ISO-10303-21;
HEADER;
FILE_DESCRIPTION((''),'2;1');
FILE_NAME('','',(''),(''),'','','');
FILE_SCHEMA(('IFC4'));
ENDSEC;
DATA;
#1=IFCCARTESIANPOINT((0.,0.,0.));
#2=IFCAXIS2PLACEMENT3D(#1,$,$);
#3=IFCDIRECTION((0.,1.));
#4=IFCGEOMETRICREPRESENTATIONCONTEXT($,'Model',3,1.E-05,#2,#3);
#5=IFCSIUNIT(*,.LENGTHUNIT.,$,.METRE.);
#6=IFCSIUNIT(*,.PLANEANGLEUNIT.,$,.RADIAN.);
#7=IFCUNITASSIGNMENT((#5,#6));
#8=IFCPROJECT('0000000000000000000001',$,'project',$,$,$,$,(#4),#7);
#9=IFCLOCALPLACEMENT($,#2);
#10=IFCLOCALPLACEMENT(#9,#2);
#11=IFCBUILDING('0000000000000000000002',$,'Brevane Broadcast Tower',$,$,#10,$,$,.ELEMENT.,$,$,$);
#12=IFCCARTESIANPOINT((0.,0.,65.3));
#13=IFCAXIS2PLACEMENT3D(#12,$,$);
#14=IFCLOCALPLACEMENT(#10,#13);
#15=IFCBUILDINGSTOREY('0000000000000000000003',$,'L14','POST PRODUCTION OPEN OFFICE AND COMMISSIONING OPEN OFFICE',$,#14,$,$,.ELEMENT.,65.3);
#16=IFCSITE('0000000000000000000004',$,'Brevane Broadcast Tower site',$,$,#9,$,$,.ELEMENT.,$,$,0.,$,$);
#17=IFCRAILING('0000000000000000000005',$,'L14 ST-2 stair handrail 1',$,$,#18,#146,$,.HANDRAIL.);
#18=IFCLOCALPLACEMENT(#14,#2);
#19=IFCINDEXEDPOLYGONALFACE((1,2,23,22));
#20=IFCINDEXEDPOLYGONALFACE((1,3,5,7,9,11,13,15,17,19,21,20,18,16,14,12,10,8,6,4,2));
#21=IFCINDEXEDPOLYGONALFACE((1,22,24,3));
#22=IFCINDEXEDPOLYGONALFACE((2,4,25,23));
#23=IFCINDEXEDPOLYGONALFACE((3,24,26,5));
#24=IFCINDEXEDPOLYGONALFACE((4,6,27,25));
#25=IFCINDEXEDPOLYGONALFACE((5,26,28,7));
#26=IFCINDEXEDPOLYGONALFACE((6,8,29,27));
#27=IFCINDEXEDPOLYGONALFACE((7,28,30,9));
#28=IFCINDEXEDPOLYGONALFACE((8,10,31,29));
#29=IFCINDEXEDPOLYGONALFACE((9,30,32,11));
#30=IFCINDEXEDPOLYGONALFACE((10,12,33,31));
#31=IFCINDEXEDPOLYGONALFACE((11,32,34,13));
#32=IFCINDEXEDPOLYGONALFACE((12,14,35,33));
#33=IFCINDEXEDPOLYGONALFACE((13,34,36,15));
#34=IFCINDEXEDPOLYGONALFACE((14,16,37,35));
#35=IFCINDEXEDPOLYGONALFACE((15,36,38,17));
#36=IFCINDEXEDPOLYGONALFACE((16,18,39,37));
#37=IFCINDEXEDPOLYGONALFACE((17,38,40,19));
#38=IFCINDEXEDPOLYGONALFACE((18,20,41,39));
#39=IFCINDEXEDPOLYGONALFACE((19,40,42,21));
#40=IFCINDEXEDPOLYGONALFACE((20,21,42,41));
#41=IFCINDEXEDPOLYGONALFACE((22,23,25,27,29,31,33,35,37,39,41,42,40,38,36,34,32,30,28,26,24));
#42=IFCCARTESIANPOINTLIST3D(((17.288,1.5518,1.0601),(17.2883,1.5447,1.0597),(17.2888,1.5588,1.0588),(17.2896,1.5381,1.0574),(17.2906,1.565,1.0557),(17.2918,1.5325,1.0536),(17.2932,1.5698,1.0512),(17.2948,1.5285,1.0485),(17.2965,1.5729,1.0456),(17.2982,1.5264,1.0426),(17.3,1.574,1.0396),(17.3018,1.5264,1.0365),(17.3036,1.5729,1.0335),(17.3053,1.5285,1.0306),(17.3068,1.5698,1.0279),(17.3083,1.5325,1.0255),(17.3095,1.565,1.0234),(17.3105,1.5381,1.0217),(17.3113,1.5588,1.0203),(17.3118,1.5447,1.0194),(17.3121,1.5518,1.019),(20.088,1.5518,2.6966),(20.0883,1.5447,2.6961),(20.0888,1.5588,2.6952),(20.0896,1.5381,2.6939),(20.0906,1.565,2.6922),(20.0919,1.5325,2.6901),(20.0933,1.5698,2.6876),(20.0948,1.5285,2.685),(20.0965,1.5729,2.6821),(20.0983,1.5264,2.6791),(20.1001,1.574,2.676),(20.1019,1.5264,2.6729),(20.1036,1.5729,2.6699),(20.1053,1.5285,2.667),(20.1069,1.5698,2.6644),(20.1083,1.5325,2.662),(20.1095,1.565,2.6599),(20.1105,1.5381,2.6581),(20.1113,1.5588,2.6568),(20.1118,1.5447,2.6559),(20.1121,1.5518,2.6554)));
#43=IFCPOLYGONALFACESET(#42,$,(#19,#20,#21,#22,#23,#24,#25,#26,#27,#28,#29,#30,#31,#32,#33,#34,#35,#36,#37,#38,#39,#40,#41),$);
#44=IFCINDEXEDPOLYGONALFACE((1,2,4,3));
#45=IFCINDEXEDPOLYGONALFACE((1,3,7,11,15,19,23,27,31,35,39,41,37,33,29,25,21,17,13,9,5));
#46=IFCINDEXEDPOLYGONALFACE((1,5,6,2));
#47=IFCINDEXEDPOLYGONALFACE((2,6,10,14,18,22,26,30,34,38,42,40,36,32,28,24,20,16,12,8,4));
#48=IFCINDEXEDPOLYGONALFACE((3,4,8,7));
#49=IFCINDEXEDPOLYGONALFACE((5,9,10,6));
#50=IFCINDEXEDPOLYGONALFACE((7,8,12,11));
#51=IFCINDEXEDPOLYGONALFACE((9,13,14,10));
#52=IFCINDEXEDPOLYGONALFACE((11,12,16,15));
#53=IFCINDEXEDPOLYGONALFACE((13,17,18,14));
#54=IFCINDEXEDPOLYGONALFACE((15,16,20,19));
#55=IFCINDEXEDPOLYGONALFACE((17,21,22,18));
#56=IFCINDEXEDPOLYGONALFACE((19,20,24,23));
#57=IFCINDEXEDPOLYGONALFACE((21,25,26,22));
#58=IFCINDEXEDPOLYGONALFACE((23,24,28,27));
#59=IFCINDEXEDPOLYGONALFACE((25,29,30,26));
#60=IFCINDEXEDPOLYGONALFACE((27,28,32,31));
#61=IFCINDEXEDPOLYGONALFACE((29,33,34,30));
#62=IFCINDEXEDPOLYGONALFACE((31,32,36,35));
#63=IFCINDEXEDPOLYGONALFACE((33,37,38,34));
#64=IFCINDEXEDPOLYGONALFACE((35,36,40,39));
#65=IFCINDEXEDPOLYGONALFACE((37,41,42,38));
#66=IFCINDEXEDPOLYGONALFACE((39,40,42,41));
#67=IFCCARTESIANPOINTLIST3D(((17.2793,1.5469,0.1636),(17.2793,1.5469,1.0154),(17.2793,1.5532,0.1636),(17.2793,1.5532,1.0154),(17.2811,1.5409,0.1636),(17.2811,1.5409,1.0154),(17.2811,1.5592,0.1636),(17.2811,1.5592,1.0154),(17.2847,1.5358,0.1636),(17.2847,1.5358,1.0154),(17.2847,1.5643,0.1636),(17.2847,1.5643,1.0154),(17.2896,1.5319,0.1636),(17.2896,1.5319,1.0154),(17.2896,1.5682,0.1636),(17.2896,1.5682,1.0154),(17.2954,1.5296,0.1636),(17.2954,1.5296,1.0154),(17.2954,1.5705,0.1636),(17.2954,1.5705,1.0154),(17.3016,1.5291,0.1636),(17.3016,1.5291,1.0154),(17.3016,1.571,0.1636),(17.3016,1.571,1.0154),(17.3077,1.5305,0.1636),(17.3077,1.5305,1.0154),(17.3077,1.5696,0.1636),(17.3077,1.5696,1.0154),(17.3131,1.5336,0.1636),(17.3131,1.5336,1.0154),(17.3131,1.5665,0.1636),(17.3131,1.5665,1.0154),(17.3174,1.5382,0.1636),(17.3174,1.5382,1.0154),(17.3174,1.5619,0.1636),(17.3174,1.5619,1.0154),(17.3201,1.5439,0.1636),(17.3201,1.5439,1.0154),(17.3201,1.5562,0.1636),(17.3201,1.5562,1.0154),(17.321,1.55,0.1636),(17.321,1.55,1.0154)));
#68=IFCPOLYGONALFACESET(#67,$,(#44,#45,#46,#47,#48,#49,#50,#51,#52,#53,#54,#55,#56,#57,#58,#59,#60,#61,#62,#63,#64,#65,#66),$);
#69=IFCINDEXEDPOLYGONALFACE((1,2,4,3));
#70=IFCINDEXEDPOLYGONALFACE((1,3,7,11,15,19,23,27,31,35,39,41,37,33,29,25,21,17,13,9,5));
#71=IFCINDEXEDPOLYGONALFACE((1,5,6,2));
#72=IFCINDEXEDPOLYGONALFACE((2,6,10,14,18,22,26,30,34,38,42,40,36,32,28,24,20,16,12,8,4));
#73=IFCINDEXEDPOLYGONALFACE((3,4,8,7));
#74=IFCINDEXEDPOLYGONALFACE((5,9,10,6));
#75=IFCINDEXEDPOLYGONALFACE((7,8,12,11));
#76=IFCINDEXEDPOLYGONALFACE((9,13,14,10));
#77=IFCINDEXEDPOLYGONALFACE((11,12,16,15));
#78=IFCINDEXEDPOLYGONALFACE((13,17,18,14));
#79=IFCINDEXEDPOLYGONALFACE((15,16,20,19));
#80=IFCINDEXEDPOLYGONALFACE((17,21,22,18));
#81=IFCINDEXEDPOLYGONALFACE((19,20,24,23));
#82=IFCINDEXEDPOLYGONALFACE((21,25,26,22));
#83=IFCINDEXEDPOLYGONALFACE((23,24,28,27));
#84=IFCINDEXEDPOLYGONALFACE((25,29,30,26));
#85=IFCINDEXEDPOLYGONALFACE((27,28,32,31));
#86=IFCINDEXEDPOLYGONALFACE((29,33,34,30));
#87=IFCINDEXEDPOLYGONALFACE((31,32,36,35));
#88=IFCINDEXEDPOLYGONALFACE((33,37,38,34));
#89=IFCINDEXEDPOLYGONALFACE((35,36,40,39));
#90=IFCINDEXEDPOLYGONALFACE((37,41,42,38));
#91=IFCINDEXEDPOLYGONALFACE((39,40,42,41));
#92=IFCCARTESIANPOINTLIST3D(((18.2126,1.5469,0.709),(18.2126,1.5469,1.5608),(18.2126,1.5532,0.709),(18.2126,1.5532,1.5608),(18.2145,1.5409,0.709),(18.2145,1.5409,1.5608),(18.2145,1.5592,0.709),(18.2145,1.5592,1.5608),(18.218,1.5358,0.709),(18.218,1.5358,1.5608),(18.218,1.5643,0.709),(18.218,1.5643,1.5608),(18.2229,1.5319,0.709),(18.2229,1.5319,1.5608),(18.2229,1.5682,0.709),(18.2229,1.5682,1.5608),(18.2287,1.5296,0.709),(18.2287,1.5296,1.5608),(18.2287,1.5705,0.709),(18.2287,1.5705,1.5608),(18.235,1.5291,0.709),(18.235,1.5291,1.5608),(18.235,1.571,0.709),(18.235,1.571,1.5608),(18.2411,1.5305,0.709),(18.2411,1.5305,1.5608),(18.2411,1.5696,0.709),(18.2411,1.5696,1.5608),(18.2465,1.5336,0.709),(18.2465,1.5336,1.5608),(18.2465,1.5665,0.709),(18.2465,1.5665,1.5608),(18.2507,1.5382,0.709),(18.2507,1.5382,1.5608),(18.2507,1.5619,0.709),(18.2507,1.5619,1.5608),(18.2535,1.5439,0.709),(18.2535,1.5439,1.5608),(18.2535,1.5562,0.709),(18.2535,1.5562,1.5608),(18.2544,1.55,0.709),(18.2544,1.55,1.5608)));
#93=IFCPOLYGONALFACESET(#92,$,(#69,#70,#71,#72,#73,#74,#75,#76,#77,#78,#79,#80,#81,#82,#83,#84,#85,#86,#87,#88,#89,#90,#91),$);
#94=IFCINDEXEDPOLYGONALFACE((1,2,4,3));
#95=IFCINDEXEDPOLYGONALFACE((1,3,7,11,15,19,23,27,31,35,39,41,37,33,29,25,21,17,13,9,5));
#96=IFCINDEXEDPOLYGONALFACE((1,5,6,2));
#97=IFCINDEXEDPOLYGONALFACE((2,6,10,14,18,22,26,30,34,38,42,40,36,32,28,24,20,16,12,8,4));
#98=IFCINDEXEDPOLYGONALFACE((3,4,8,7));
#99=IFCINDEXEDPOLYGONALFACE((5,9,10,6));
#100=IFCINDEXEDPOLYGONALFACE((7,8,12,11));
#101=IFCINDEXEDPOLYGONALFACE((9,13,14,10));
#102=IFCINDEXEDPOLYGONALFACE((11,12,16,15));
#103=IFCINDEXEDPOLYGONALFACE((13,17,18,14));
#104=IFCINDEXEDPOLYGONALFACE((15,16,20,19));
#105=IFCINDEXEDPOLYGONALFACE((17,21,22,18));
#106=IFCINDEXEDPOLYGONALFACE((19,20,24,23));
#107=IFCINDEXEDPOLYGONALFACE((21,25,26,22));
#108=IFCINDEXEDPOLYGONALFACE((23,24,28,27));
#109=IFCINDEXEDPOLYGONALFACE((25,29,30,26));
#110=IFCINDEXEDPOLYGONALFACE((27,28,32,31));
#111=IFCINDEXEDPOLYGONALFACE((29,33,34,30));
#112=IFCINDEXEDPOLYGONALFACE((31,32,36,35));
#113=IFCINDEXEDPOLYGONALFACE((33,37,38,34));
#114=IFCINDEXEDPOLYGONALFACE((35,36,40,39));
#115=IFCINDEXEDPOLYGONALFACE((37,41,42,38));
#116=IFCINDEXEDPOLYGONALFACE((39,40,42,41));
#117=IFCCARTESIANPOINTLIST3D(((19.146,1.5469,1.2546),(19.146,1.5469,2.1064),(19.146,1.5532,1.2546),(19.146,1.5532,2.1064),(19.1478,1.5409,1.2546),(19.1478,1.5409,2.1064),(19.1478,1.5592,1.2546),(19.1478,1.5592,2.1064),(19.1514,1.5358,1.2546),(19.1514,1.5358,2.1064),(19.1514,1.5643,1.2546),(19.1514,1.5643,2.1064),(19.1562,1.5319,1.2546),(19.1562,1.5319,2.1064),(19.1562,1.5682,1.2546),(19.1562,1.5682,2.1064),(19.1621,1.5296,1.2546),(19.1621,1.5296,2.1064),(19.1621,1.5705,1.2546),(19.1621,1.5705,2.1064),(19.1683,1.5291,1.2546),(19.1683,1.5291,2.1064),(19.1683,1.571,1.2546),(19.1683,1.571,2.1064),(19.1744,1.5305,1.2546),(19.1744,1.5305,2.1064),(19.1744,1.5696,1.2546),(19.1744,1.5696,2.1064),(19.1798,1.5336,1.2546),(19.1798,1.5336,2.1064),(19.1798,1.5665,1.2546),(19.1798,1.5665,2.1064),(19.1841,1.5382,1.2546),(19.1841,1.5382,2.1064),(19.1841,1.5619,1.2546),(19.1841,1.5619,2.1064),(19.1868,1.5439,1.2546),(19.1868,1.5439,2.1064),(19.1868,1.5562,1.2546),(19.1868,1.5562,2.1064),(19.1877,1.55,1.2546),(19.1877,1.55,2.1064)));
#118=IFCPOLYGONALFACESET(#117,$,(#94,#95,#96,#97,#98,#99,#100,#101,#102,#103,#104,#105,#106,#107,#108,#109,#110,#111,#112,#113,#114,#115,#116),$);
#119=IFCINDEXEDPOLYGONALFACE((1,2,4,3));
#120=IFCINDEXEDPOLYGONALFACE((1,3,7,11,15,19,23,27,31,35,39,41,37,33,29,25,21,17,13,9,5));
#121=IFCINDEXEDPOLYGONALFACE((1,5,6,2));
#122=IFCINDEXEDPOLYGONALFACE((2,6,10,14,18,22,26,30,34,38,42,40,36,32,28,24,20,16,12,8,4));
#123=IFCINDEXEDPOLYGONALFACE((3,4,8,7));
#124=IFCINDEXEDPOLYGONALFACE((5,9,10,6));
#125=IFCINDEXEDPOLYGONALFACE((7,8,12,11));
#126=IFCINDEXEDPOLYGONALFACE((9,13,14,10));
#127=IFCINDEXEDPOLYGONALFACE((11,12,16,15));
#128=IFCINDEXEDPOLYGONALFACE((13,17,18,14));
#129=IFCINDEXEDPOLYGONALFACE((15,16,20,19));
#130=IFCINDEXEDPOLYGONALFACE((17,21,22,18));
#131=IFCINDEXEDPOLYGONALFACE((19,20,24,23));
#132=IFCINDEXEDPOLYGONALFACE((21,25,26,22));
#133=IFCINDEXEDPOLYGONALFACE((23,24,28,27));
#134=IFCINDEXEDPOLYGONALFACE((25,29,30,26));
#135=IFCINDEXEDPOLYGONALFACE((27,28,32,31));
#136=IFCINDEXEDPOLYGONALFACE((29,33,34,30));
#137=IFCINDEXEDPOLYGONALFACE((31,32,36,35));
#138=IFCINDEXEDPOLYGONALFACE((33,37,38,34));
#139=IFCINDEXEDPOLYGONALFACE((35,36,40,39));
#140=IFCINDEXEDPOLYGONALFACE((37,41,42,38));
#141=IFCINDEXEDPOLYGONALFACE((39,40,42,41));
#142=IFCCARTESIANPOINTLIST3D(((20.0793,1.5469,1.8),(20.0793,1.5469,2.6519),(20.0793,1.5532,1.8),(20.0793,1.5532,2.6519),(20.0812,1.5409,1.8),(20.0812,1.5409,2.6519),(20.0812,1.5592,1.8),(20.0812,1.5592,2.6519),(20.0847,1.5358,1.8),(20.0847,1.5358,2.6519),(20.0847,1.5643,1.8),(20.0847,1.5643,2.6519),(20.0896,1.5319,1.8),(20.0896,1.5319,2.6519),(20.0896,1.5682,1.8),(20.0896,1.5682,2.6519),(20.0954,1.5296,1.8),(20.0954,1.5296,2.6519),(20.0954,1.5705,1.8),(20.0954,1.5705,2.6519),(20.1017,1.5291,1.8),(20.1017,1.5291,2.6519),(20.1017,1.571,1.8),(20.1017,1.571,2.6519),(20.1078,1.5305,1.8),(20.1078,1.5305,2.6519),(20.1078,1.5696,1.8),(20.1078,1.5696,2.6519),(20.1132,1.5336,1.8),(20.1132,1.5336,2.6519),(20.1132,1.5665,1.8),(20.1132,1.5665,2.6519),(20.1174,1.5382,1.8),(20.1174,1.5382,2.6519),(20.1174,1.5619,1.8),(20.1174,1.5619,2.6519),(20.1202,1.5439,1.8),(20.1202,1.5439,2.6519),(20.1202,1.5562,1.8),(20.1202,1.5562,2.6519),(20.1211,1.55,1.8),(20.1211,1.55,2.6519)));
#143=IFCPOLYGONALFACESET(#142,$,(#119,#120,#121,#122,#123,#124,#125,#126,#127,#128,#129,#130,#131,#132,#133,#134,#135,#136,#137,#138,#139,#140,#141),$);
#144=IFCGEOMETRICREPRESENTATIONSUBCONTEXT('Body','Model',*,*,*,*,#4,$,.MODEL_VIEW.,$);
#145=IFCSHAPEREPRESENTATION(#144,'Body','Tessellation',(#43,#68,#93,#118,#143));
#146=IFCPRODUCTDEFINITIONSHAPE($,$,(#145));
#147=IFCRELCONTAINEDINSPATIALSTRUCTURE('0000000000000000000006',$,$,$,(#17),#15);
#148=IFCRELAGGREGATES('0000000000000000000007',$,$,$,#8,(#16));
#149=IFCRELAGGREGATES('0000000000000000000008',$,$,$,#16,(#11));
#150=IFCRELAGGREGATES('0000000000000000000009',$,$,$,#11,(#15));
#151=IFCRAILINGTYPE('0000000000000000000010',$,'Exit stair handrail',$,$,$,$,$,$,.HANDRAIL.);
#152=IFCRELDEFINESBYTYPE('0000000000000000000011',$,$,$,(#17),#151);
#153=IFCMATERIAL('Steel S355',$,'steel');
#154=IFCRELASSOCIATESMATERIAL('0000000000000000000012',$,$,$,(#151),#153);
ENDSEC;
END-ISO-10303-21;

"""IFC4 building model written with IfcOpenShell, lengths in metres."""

from ifc_helpers import new_model, si_unit, direction, frame, origin, origin_2d, place, context, subcontext, project, spatial, circle, extrude, material, type_object, element, save


model = new_model("IFC4")

# Units and contexts
model_context = context("Model", 3, precision=1e-05, world=origin(), true_north=direction((0.0, 1.0)))
body_context = subcontext(model_context, "Body", "Model", "MODEL_VIEW")
ifc_project = project(units=[si_unit("LENGTHUNIT", "METRE"), si_unit("PLANEANGLEUNIT", "RADIAN")], contexts=[model_context])

# Site, building, storey
site_placement = place(None, origin())
site = spatial("IfcSite", under=ifc_project, at=site_placement, Name="Brevane Broadcast Tower site", CompositionType="ELEMENT", RefElevation=0.0)
building_placement = place(site_placement, origin())
building = spatial("IfcBuilding", under=site, at=building_placement, Name="Brevane Broadcast Tower", CompositionType="ELEMENT")
storey_placement = place(building_placement, frame((0.0, 0.0, 65.3)))
storey = spatial("IfcBuildingStorey", under=building, at=storey_placement, Name="L14", Description="POST PRODUCTION OPEN OFFICE AND COMMISSIONING OPEN OFFICE", CompositionType="ELEMENT", Elevation=65.3)

# Railing
ifc_material_1 = material(Name="Steel S355", Category="steel")
railing_type_1 = type_object("IfcRailingType", Name="Exit stair handrail", PredefinedType="HANDRAIL", material=ifc_material_1)
railing_1_placement = place(storey_placement, frame((17.3, 1.55, 0.1636)))
element("IfcRailing", 1, at=railing_1_placement, inside=storey, type_object=railing_type_1, Name="L14 ST-2 stair handrail 1", PredefinedType="HANDRAIL", context=body_context, shape_type="SweptSolid", body=[
    extrude(circle(Radius=0.0239, at=origin_2d()), frame((0.0, 0.0, 0.876), z_axis=(0.863361, 0.0, 0.504587), x_axis=(0.0, 1.0, 0.0)), (0.0, 0.0, 1.0), 3.2432),
    extrude(circle(Radius=0.021, at=origin_2d()), origin(), (0.0, 0.0, 1.0), 0.8518),
    extrude(circle(Radius=0.021, at=origin_2d()), frame((0.9333, 0.0, 0.5454)), (0.0, 0.0, 1.0), 0.8518),
    extrude(circle(Radius=0.021, at=origin_2d()), frame((1.8667, 0.0, 1.0911)), (0.0, 0.0, 1.0), 0.8518),
    extrude(circle(Radius=0.021, at=origin_2d()), frame((2.8, 0.0, 1.6365)), (0.0, 0.0, 1.0), 0.8518),
])

save(model, "model.ifc")
